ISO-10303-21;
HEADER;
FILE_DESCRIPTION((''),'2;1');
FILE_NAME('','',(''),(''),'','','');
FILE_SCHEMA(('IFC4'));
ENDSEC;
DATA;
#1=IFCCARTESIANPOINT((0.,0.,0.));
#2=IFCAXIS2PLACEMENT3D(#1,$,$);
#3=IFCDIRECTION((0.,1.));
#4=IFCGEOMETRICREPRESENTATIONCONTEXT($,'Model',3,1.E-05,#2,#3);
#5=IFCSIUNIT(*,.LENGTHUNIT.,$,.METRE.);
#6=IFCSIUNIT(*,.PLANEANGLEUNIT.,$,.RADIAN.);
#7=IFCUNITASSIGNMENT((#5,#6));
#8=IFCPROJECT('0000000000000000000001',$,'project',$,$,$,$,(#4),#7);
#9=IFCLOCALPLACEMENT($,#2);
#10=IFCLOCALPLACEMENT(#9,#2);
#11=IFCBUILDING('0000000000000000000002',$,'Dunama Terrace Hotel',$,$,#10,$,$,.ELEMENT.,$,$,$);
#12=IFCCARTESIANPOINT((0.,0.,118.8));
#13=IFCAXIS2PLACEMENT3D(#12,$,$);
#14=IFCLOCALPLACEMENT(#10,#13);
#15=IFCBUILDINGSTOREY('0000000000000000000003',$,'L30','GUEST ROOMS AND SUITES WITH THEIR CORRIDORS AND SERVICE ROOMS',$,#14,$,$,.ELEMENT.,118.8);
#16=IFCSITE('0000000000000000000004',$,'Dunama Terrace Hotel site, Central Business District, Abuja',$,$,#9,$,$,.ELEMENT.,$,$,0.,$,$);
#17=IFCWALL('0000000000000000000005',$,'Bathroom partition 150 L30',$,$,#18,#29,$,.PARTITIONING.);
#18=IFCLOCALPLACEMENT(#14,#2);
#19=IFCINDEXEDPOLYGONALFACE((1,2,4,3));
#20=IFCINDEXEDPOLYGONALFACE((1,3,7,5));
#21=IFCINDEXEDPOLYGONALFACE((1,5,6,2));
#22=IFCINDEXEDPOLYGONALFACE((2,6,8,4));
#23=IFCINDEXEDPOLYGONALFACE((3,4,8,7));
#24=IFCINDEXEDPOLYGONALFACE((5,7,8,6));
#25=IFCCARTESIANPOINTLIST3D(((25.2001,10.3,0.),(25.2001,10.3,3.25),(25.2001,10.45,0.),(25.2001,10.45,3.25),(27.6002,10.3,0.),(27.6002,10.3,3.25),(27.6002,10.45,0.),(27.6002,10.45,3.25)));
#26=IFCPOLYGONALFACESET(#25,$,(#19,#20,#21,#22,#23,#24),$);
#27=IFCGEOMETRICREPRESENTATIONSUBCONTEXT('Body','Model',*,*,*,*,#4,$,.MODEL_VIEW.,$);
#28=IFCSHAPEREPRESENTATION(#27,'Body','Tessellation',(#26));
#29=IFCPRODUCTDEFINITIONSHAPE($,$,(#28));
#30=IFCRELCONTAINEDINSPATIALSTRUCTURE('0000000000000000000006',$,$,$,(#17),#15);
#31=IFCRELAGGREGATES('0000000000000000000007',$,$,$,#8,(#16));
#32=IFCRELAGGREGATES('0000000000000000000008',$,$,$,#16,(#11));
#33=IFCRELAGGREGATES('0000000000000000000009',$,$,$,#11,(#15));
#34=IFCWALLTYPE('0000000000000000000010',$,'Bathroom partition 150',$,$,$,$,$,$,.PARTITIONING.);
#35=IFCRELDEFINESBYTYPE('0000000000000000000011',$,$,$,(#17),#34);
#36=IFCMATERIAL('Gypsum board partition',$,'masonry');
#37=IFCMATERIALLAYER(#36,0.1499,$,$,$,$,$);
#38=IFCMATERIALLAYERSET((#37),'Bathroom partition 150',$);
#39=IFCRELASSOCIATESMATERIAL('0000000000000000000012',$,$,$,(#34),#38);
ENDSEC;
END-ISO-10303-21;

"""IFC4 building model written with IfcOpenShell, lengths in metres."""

from ifc_helpers import new_model, si_unit, direction, frame, frame_2d, origin, place, context, subcontext, project, spatial, rectangle, extrude, material, layer, layer_set, type_object, element, save


model = new_model("IFC4")

# Units and contexts
model_context = context("Model", 3, precision=1e-05, world=origin(), true_north=direction((0.0, 1.0)))
body_context = subcontext(model_context, "Body", "Model", "MODEL_VIEW")
ifc_project = project(units=[si_unit("LENGTHUNIT", "METRE"), si_unit("PLANEANGLEUNIT", "RADIAN")], contexts=[model_context])

# Site, building, storey
site_placement = place(None, origin())
site = spatial("IfcSite", under=ifc_project, at=site_placement, Name="Dunama Terrace Hotel site, Central Business District, Abuja", CompositionType="ELEMENT", RefElevation=0.0)
building_placement = place(site_placement, origin())
building = spatial("IfcBuilding", under=site, at=building_placement, Name="Dunama Terrace Hotel", CompositionType="ELEMENT")
storey_placement = place(building_placement, frame((0.0, 0.0, 118.8)))
storey = spatial("IfcBuildingStorey", under=building, at=storey_placement, Name="L30", Description="GUEST ROOMS AND SUITES WITH THEIR CORRIDORS AND SERVICE ROOMS", CompositionType="ELEMENT", Elevation=118.8)

# Shared definitions
ifc_material_1 = material(Name="Gypsum board partition", Category="masonry")
ifc_layer = layer(ifc_material_1, 0.1499)
ifc_layer_set = layer_set([ifc_layer], Name="Bathroom partition 150")
wall_type = type_object("IfcWallType", Name="Bathroom partition 150", PredefinedType="PARTITIONING", material=ifc_layer_set)

# Wall
wall_1_placement = place(storey_placement, frame((25.2, 10.375, 0.0), z_axis=(0.0, 0.0, 1.0), x_axis=(1.0, 0.0, 0.0)))
element("IfcWall", 1, at=wall_1_placement, inside=storey, type_object=wall_type, Name="Bathroom partition 150 L30", PredefinedType="PARTITIONING", context=body_context, shape_type="SweptSolid", body=[
    extrude(rectangle(XDim=2.4001, YDim=0.1499, at=frame_2d((1.2002, 0.0))), origin(), (0.0, 0.0, 1.0), 3.25),
])

save(model, "model.ifc")
